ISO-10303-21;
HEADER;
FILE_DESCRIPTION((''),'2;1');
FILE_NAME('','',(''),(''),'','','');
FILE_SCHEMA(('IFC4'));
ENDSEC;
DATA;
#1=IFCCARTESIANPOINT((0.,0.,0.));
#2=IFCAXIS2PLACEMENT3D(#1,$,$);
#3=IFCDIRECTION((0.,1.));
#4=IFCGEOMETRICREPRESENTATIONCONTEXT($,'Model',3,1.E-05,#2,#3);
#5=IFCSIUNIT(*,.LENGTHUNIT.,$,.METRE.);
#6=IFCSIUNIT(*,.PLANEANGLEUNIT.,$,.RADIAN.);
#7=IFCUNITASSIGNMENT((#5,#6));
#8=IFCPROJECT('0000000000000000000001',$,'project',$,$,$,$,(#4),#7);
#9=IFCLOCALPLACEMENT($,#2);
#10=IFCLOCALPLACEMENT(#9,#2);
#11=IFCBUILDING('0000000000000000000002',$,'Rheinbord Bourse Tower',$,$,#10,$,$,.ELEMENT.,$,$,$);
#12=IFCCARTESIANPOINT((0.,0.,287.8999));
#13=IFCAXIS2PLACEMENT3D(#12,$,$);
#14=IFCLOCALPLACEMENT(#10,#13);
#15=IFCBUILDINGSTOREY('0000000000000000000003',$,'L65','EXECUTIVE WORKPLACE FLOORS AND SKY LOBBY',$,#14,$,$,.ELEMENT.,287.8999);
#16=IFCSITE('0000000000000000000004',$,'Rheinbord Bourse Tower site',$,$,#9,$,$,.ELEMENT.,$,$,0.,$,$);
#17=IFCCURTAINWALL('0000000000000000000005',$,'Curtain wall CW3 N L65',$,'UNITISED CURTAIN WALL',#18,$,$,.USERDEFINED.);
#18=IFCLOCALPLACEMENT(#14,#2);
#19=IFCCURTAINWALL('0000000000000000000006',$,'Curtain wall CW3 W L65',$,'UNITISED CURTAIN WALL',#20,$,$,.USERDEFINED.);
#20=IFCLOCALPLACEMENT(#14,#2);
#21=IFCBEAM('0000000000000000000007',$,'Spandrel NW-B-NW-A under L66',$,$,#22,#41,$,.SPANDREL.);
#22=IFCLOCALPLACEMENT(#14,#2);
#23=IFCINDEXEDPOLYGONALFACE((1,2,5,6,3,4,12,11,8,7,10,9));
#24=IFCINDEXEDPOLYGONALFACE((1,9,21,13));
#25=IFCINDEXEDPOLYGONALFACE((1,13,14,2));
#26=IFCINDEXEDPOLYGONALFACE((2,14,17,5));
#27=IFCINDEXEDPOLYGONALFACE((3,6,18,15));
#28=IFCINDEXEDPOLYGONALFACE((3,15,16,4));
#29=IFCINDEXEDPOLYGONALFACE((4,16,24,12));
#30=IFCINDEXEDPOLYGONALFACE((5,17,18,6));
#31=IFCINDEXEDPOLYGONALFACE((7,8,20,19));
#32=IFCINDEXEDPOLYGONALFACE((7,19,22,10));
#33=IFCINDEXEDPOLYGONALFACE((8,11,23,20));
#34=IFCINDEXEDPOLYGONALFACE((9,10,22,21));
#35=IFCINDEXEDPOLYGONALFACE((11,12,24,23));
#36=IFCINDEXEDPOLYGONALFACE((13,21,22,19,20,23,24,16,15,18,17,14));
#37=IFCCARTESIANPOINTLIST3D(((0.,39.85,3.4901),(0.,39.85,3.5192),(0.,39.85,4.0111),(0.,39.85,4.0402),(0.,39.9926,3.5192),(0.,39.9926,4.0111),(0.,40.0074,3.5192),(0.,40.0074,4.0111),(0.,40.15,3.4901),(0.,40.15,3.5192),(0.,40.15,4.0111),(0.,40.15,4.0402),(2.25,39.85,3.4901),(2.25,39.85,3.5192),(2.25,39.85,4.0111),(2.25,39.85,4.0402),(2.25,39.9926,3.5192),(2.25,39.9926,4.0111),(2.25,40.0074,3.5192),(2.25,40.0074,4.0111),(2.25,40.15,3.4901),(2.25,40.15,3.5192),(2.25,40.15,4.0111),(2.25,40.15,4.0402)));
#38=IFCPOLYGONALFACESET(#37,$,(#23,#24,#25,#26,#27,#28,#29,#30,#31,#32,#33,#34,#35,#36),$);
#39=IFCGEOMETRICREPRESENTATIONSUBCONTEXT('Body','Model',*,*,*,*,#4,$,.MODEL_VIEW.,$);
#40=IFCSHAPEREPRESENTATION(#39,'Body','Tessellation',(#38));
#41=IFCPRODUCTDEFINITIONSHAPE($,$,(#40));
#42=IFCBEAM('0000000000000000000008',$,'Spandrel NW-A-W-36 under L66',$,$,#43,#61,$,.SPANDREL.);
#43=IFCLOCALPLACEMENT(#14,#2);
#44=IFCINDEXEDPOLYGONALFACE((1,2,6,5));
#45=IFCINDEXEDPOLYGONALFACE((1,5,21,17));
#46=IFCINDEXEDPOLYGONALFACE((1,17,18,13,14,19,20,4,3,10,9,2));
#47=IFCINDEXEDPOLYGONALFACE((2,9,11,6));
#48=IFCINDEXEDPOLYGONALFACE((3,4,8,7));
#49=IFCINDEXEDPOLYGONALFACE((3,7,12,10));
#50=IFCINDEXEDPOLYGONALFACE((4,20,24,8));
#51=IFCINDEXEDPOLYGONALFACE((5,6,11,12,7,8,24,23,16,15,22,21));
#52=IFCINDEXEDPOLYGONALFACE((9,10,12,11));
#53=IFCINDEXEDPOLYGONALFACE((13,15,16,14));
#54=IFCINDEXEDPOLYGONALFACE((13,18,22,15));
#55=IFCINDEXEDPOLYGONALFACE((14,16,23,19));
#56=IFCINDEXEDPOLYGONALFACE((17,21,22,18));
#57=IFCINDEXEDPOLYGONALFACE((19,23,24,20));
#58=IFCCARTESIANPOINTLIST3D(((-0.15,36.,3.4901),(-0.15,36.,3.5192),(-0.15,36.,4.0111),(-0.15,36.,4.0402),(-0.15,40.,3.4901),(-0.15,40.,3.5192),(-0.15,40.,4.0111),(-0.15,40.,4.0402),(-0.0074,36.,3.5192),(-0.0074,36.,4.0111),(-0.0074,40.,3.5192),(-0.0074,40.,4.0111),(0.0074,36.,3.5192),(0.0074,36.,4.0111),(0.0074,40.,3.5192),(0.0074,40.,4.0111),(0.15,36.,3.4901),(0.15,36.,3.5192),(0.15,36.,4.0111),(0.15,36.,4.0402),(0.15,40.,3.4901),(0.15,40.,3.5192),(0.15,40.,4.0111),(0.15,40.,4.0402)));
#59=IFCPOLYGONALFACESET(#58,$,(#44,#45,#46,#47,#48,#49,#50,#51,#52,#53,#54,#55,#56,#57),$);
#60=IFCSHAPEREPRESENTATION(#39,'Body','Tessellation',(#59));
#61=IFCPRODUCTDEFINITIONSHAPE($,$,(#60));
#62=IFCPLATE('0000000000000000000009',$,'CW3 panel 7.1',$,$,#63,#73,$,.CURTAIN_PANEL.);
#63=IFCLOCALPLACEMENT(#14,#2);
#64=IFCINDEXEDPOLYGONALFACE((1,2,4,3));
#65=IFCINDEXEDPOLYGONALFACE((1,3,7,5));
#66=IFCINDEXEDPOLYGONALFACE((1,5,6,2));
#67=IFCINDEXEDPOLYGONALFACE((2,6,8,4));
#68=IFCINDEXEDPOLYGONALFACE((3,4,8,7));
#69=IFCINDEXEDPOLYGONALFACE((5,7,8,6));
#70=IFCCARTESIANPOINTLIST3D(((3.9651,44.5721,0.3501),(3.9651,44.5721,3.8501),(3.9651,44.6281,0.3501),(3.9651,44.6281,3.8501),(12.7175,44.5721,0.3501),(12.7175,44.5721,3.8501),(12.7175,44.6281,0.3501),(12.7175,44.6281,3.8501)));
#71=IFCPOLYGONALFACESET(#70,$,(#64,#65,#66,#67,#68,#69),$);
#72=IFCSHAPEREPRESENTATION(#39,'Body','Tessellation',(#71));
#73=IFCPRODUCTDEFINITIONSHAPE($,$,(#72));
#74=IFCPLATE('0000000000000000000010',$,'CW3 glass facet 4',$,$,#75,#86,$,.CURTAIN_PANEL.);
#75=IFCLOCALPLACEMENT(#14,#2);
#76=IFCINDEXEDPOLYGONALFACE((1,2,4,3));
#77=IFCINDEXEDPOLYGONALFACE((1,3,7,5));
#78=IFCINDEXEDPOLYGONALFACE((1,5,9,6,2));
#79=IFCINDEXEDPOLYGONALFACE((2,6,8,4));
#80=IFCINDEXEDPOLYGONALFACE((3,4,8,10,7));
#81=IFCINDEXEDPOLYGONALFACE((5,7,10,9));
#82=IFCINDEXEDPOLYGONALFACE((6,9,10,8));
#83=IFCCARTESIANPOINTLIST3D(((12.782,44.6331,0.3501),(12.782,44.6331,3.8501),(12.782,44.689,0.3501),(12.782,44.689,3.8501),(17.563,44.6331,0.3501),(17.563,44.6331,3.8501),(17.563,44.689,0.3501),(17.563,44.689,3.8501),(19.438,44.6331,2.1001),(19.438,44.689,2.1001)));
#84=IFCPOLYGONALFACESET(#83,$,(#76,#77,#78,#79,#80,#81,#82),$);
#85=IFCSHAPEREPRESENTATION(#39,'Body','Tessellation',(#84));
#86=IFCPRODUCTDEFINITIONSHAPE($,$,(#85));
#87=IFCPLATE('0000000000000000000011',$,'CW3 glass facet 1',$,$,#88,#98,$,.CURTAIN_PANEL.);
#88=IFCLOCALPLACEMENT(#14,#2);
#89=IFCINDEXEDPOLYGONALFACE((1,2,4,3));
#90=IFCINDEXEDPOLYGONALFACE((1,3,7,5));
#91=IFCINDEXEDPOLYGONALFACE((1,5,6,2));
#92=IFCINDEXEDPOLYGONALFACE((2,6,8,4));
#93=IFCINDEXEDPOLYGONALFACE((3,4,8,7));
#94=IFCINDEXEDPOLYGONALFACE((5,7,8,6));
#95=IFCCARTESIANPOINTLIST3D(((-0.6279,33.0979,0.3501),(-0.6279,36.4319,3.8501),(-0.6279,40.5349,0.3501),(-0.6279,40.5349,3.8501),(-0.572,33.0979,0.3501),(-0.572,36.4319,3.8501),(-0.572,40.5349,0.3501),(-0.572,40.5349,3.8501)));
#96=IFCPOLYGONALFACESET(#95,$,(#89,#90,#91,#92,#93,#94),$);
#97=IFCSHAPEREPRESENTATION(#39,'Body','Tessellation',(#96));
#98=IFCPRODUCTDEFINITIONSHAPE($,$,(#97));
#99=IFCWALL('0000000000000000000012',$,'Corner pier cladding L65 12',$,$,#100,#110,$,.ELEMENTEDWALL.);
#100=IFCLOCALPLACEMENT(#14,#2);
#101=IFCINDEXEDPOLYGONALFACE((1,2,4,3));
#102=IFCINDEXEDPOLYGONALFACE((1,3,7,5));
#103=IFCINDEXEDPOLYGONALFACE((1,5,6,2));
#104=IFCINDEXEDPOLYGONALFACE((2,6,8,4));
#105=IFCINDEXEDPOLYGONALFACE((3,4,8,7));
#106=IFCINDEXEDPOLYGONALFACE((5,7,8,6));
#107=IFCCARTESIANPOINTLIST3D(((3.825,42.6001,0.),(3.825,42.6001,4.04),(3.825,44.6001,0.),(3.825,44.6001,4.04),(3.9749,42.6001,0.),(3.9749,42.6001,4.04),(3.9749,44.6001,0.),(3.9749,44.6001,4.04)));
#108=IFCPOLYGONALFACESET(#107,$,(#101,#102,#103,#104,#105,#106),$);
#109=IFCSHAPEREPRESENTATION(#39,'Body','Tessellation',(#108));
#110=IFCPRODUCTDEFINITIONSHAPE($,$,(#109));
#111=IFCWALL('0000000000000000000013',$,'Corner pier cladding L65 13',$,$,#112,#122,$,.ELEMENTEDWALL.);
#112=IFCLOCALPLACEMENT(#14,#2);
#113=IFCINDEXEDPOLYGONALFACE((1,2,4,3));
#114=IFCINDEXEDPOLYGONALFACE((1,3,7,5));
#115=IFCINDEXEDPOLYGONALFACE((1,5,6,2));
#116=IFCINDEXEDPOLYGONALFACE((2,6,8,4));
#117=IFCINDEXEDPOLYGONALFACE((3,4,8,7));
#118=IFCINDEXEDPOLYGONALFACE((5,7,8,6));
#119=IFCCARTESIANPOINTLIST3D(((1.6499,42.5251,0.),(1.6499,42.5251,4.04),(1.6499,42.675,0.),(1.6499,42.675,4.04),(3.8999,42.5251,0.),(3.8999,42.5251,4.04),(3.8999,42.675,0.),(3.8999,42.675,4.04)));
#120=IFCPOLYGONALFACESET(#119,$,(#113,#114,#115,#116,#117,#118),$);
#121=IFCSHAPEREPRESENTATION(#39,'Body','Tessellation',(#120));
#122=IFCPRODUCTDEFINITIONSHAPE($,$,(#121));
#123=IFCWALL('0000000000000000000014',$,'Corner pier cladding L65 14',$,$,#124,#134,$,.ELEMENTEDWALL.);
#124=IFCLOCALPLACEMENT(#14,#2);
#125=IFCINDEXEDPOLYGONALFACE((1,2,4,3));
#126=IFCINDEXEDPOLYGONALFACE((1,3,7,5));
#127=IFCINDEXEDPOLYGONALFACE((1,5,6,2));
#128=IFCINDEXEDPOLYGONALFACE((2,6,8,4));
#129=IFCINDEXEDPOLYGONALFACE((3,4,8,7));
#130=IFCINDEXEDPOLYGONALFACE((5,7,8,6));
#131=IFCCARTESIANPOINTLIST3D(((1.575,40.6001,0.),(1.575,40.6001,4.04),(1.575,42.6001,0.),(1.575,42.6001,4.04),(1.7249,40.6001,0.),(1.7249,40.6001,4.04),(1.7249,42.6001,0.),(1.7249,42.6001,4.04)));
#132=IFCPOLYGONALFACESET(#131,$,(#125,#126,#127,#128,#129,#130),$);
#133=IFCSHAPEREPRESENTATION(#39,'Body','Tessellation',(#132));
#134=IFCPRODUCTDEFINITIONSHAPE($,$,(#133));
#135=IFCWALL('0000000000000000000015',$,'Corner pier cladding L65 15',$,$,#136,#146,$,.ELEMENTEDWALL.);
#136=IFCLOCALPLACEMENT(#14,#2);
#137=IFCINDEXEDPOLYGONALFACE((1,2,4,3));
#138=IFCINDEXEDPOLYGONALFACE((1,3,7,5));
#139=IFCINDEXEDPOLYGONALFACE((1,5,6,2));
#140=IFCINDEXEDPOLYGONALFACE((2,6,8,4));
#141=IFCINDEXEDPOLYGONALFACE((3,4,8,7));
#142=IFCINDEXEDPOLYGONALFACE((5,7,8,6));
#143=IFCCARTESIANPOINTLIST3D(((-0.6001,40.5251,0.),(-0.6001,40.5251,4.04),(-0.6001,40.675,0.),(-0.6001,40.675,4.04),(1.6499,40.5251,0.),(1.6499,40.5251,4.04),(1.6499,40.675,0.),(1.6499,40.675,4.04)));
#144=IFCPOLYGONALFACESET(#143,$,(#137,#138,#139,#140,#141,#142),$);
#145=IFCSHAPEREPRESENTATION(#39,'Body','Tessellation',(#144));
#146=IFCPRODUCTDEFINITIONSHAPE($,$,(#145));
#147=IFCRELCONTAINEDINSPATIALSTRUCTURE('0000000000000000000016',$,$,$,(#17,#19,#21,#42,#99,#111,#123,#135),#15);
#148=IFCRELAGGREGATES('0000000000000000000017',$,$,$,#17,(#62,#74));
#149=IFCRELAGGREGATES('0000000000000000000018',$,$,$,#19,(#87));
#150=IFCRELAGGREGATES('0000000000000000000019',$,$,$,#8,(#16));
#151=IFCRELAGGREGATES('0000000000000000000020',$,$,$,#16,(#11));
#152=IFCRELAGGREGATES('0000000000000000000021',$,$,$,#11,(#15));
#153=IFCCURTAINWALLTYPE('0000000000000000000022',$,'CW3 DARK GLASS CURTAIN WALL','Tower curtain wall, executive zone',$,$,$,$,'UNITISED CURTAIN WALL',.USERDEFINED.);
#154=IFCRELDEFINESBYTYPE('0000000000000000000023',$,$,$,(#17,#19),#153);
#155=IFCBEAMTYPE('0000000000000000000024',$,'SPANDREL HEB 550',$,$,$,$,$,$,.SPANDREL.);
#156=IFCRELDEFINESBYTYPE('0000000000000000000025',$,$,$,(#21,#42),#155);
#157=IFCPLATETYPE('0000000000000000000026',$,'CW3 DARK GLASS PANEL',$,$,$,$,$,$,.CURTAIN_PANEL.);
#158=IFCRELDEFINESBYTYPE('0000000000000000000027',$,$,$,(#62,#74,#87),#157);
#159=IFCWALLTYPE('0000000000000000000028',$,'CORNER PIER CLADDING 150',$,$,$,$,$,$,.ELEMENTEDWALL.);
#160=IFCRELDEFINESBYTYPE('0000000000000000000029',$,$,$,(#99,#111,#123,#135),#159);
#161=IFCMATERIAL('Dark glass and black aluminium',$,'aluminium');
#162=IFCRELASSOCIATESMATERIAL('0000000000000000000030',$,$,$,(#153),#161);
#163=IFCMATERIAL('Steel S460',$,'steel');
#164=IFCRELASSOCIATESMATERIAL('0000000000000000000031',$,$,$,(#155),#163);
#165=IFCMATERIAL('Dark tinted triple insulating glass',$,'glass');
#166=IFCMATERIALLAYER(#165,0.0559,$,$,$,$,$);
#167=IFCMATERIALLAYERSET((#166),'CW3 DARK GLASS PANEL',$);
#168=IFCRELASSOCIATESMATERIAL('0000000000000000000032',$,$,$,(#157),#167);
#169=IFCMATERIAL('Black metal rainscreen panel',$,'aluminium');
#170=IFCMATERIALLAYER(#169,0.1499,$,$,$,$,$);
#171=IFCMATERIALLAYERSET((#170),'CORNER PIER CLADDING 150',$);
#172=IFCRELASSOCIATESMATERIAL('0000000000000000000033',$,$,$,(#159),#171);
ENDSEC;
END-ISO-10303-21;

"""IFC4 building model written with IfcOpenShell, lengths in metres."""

from ifc_helpers import new_model, si_unit, direction, frame, frame_2d, origin, origin_2d, place, context, subcontext, project, spatial, polyline, rectangle, i_section, outline, extrude, material, layer, layer_set, material_profile, profile_set, type_object, element, aggregate, save


model = new_model("IFC4")

# Units and contexts
model_context = context("Model", 3, precision=1e-05, world=origin(), true_north=direction((0.0, 1.0)))
body_context = subcontext(model_context, "Body", "Model", "MODEL_VIEW")
ifc_project = project(units=[si_unit("LENGTHUNIT", "METRE"), si_unit("PLANEANGLEUNIT", "RADIAN")], contexts=[model_context])

# Site, building, storey
site_placement = place(None, origin())
site = spatial("IfcSite", under=ifc_project, at=site_placement, Name="Rheinbord Bourse Tower site", CompositionType="ELEMENT", RefElevation=0.0)
building_placement = place(site_placement, origin())
building = spatial("IfcBuilding", under=site, at=building_placement, Name="Rheinbord Bourse Tower", CompositionType="ELEMENT")
storey_placement = place(building_placement, frame((0.0, 0.0, 287.8999)))
storey = spatial("IfcBuildingStorey", under=building, at=storey_placement, Name="L65", Description="EXECUTIVE WORKPLACE FLOORS AND SKY LOBBY", CompositionType="ELEMENT", Elevation=287.8999)

# Curtain wall
ifc_material_1 = material(Name="Dark glass and black aluminium", Category="aluminium")
curtain_wall_type = type_object("IfcCurtainWallType", Name="CW3 DARK GLASS CURTAIN WALL", Description="Tower curtain wall, executive zone", ElementType="UNITISED CURTAIN WALL", PredefinedType="USERDEFINED", material=ifc_material_1)
curtain_wall_1_placement = place(storey_placement, origin())
curtain_wall_1 = element("IfcCurtainWall", 1, at=curtain_wall_1_placement, inside=storey, type_object=curtain_wall_type, Name="Curtain wall CW3 N L65", ObjectType="UNITISED CURTAIN WALL", PredefinedType="USERDEFINED")

# Curtain wall
curtain_wall_2_placement = place(storey_placement, origin())
curtain_wall_2 = element("IfcCurtainWall", 2, at=curtain_wall_2_placement, inside=storey, type_object=curtain_wall_type, Name="Curtain wall CW3 W L65", ObjectType="UNITISED CURTAIN WALL", PredefinedType="USERDEFINED")

# Beams
ifc_material_2 = material(Name="Steel S460", Category="steel")
ifc_material_profile_1 = material_profile(ifc_material_2, i_section(OverallWidth=0.3, OverallDepth=0.55, WebThickness=0.0149, FlangeThickness=0.0291, at=origin_2d()), Name="HEB 550")
ifc_profile_set_1 = profile_set([ifc_material_profile_1], Name="Steel S460")
beam_type_1 = type_object("IfcBeamType", Name="SPANDREL HEB 550", PredefinedType="SPANDREL", material=ifc_profile_set_1)
beam_1_placement = place(storey_placement, frame((2.25, 40.0, 3.7651), z_axis=(-1.0, 0.0, 0.0), x_axis=(0.0, -1.0, 0.0)))
element("IfcBeam", 3, at=beam_1_placement, inside=storey, type_object=beam_type_1, Name="Spandrel NW-B-NW-A under L66", PredefinedType="SPANDREL", context=body_context, shape_type="SweptSolid", body=[
    extrude(i_section(OverallWidth=0.3, OverallDepth=0.55, WebThickness=0.0149, FlangeThickness=0.0291, at=origin_2d()), origin(), (0.0, 0.0, 1.0), 2.25),
])
beam_2_placement = place(storey_placement, frame((0.0, 40.0, 3.7651), z_axis=(0.0, -1.0, 0.0), x_axis=(1.0, 0.0, 0.0)))
element("IfcBeam", 4, at=beam_2_placement, inside=storey, type_object=beam_type_1, Name="Spandrel NW-A-W-36 under L66", PredefinedType="SPANDREL", context=body_context, shape_type="SweptSolid", body=[
    extrude(i_section(OverallWidth=0.3, OverallDepth=0.55, WebThickness=0.0149, FlangeThickness=0.0291, at=origin_2d()), origin(), (0.0, 0.0, 1.0), 4.0),
])

# Plates
ifc_material_3 = material(Name="Dark tinted triple insulating glass", Category="glass")
ifc_layer_1 = layer(ifc_material_3, 0.0559)
ifc_layer_set_1 = layer_set([ifc_layer_1], Name="CW3 DARK GLASS PANEL")
plate_type = type_object("IfcPlateType", Name="CW3 DARK GLASS PANEL", PredefinedType="CURTAIN_PANEL", material=ifc_layer_set_1)
plate_1_placement = place(storey_placement, frame((8.3413, 44.6001, 0.3501), z_axis=(0.0, 0.0, 1.0), x_axis=(-1.0, 0.0, 0.0)))
plate_1 = element("IfcPlate", 5, at=plate_1_placement, type_object=plate_type, Name="CW3 panel 7.1", PredefinedType="CURTAIN_PANEL", context=body_context, shape_type="SweptSolid", body=[
    extrude(rectangle(XDim=8.7524, YDim=0.0559, at=origin_2d()), origin(), (0.0, 0.0, 1.0), 3.5),
])
plate_2_placement = place(storey_placement, frame((12.782, 44.689, 3.8501), z_axis=(0.0, -1.0, 0.0), x_axis=(0.0, 0.0, -1.0)))
plate_2 = element("IfcPlate", 6, at=plate_2_placement, type_object=plate_type, Name="CW3 glass facet 4", PredefinedType="CURTAIN_PANEL", context=body_context, shape_type="SweptSolid", body=[
    extrude(outline(polyline([(0.0, 0.0), (3.5, 0.0), (3.5, 4.781), (1.75, 6.656), (0.0, 4.781), (0.0, 0.0)])), origin(), (0.0, 0.0, 1.0), 0.0559),
])
aggregate(curtain_wall_1, [plate_1, plate_2])
plate_3_placement = place(storey_placement, frame((-0.6279, 40.5349, 0.3501), z_axis=(1.0, 0.0, 0.0), x_axis=(0.0, 0.0, 1.0)))
plate_3 = element("IfcPlate", 7, at=plate_3_placement, type_object=plate_type, Name="CW3 glass facet 1", PredefinedType="CURTAIN_PANEL", context=body_context, shape_type="SweptSolid", body=[
    extrude(outline(polyline([(0.0, 0.0), (3.5, 0.0), (3.5, 4.103), (0.0, 7.437), (0.0, 0.0)])), origin(), (0.0, 0.0, 1.0), 0.0559),
])
aggregate(curtain_wall_2, [plate_3])

# Walls
ifc_material_4 = material(Name="Black metal rainscreen panel", Category="aluminium")
ifc_layer_2 = layer(ifc_material_4, 0.1499)
ifc_layer_set_2 = layer_set([ifc_layer_2], Name="CORNER PIER CLADDING 150")
wall_type = type_object("IfcWallType", Name="CORNER PIER CLADDING 150", PredefinedType="ELEMENTEDWALL", material=ifc_layer_set_2)
wall_1_placement = place(storey_placement, frame((3.8999, 44.6001, 0.0), z_axis=(0.0, 0.0, 1.0), x_axis=(0.0, -1.0, 0.0)))
element("IfcWall", 8, at=wall_1_placement, inside=storey, type_object=wall_type, Name="Corner pier cladding L65 12", PredefinedType="ELEMENTEDWALL", context=body_context, shape_type="SweptSolid", body=[
    extrude(rectangle(XDim=2.0, YDim=0.1499, at=frame_2d((1.0, 0.0))), origin(), (0.0, 0.0, 1.0), 4.04),
])
wall_2_placement = place(storey_placement, frame((3.8999, 42.6001, 0.0), z_axis=(0.0, 0.0, 1.0), x_axis=(-1.0, 0.0, 0.0)))
element("IfcWall", 9, at=wall_2_placement, inside=storey, type_object=wall_type, Name="Corner pier cladding L65 13", PredefinedType="ELEMENTEDWALL", context=body_context, shape_type="SweptSolid", body=[
    extrude(rectangle(XDim=2.25, YDim=0.1499, at=frame_2d((1.125, 0.0))), origin(), (0.0, 0.0, 1.0), 4.04),
])
wall_3_placement = place(storey_placement, frame((1.6499, 42.6001, 0.0), z_axis=(0.0, 0.0, 1.0), x_axis=(0.0, -1.0, 0.0)))
element("IfcWall", 10, at=wall_3_placement, inside=storey, type_object=wall_type, Name="Corner pier cladding L65 14", PredefinedType="ELEMENTEDWALL", context=body_context, shape_type="SweptSolid", body=[
    extrude(rectangle(XDim=2.0, YDim=0.1499, at=frame_2d((1.0, 0.0))), origin(), (0.0, 0.0, 1.0), 4.04),
])
wall_4_placement = place(storey_placement, frame((1.6499, 40.6001, 0.0), z_axis=(0.0, 0.0, 1.0), x_axis=(-1.0, 0.0, 0.0)))
element("IfcWall", 11, at=wall_4_placement, inside=storey, type_object=wall_type, Name="Corner pier cladding L65 15", PredefinedType="ELEMENTEDWALL", context=body_context, shape_type="SweptSolid", body=[
    extrude(rectangle(XDim=2.25, YDim=0.1499, at=frame_2d((1.125, 0.0))), origin(), (0.0, 0.0, 1.0), 4.04),
])

save(model, "model.ifc")
